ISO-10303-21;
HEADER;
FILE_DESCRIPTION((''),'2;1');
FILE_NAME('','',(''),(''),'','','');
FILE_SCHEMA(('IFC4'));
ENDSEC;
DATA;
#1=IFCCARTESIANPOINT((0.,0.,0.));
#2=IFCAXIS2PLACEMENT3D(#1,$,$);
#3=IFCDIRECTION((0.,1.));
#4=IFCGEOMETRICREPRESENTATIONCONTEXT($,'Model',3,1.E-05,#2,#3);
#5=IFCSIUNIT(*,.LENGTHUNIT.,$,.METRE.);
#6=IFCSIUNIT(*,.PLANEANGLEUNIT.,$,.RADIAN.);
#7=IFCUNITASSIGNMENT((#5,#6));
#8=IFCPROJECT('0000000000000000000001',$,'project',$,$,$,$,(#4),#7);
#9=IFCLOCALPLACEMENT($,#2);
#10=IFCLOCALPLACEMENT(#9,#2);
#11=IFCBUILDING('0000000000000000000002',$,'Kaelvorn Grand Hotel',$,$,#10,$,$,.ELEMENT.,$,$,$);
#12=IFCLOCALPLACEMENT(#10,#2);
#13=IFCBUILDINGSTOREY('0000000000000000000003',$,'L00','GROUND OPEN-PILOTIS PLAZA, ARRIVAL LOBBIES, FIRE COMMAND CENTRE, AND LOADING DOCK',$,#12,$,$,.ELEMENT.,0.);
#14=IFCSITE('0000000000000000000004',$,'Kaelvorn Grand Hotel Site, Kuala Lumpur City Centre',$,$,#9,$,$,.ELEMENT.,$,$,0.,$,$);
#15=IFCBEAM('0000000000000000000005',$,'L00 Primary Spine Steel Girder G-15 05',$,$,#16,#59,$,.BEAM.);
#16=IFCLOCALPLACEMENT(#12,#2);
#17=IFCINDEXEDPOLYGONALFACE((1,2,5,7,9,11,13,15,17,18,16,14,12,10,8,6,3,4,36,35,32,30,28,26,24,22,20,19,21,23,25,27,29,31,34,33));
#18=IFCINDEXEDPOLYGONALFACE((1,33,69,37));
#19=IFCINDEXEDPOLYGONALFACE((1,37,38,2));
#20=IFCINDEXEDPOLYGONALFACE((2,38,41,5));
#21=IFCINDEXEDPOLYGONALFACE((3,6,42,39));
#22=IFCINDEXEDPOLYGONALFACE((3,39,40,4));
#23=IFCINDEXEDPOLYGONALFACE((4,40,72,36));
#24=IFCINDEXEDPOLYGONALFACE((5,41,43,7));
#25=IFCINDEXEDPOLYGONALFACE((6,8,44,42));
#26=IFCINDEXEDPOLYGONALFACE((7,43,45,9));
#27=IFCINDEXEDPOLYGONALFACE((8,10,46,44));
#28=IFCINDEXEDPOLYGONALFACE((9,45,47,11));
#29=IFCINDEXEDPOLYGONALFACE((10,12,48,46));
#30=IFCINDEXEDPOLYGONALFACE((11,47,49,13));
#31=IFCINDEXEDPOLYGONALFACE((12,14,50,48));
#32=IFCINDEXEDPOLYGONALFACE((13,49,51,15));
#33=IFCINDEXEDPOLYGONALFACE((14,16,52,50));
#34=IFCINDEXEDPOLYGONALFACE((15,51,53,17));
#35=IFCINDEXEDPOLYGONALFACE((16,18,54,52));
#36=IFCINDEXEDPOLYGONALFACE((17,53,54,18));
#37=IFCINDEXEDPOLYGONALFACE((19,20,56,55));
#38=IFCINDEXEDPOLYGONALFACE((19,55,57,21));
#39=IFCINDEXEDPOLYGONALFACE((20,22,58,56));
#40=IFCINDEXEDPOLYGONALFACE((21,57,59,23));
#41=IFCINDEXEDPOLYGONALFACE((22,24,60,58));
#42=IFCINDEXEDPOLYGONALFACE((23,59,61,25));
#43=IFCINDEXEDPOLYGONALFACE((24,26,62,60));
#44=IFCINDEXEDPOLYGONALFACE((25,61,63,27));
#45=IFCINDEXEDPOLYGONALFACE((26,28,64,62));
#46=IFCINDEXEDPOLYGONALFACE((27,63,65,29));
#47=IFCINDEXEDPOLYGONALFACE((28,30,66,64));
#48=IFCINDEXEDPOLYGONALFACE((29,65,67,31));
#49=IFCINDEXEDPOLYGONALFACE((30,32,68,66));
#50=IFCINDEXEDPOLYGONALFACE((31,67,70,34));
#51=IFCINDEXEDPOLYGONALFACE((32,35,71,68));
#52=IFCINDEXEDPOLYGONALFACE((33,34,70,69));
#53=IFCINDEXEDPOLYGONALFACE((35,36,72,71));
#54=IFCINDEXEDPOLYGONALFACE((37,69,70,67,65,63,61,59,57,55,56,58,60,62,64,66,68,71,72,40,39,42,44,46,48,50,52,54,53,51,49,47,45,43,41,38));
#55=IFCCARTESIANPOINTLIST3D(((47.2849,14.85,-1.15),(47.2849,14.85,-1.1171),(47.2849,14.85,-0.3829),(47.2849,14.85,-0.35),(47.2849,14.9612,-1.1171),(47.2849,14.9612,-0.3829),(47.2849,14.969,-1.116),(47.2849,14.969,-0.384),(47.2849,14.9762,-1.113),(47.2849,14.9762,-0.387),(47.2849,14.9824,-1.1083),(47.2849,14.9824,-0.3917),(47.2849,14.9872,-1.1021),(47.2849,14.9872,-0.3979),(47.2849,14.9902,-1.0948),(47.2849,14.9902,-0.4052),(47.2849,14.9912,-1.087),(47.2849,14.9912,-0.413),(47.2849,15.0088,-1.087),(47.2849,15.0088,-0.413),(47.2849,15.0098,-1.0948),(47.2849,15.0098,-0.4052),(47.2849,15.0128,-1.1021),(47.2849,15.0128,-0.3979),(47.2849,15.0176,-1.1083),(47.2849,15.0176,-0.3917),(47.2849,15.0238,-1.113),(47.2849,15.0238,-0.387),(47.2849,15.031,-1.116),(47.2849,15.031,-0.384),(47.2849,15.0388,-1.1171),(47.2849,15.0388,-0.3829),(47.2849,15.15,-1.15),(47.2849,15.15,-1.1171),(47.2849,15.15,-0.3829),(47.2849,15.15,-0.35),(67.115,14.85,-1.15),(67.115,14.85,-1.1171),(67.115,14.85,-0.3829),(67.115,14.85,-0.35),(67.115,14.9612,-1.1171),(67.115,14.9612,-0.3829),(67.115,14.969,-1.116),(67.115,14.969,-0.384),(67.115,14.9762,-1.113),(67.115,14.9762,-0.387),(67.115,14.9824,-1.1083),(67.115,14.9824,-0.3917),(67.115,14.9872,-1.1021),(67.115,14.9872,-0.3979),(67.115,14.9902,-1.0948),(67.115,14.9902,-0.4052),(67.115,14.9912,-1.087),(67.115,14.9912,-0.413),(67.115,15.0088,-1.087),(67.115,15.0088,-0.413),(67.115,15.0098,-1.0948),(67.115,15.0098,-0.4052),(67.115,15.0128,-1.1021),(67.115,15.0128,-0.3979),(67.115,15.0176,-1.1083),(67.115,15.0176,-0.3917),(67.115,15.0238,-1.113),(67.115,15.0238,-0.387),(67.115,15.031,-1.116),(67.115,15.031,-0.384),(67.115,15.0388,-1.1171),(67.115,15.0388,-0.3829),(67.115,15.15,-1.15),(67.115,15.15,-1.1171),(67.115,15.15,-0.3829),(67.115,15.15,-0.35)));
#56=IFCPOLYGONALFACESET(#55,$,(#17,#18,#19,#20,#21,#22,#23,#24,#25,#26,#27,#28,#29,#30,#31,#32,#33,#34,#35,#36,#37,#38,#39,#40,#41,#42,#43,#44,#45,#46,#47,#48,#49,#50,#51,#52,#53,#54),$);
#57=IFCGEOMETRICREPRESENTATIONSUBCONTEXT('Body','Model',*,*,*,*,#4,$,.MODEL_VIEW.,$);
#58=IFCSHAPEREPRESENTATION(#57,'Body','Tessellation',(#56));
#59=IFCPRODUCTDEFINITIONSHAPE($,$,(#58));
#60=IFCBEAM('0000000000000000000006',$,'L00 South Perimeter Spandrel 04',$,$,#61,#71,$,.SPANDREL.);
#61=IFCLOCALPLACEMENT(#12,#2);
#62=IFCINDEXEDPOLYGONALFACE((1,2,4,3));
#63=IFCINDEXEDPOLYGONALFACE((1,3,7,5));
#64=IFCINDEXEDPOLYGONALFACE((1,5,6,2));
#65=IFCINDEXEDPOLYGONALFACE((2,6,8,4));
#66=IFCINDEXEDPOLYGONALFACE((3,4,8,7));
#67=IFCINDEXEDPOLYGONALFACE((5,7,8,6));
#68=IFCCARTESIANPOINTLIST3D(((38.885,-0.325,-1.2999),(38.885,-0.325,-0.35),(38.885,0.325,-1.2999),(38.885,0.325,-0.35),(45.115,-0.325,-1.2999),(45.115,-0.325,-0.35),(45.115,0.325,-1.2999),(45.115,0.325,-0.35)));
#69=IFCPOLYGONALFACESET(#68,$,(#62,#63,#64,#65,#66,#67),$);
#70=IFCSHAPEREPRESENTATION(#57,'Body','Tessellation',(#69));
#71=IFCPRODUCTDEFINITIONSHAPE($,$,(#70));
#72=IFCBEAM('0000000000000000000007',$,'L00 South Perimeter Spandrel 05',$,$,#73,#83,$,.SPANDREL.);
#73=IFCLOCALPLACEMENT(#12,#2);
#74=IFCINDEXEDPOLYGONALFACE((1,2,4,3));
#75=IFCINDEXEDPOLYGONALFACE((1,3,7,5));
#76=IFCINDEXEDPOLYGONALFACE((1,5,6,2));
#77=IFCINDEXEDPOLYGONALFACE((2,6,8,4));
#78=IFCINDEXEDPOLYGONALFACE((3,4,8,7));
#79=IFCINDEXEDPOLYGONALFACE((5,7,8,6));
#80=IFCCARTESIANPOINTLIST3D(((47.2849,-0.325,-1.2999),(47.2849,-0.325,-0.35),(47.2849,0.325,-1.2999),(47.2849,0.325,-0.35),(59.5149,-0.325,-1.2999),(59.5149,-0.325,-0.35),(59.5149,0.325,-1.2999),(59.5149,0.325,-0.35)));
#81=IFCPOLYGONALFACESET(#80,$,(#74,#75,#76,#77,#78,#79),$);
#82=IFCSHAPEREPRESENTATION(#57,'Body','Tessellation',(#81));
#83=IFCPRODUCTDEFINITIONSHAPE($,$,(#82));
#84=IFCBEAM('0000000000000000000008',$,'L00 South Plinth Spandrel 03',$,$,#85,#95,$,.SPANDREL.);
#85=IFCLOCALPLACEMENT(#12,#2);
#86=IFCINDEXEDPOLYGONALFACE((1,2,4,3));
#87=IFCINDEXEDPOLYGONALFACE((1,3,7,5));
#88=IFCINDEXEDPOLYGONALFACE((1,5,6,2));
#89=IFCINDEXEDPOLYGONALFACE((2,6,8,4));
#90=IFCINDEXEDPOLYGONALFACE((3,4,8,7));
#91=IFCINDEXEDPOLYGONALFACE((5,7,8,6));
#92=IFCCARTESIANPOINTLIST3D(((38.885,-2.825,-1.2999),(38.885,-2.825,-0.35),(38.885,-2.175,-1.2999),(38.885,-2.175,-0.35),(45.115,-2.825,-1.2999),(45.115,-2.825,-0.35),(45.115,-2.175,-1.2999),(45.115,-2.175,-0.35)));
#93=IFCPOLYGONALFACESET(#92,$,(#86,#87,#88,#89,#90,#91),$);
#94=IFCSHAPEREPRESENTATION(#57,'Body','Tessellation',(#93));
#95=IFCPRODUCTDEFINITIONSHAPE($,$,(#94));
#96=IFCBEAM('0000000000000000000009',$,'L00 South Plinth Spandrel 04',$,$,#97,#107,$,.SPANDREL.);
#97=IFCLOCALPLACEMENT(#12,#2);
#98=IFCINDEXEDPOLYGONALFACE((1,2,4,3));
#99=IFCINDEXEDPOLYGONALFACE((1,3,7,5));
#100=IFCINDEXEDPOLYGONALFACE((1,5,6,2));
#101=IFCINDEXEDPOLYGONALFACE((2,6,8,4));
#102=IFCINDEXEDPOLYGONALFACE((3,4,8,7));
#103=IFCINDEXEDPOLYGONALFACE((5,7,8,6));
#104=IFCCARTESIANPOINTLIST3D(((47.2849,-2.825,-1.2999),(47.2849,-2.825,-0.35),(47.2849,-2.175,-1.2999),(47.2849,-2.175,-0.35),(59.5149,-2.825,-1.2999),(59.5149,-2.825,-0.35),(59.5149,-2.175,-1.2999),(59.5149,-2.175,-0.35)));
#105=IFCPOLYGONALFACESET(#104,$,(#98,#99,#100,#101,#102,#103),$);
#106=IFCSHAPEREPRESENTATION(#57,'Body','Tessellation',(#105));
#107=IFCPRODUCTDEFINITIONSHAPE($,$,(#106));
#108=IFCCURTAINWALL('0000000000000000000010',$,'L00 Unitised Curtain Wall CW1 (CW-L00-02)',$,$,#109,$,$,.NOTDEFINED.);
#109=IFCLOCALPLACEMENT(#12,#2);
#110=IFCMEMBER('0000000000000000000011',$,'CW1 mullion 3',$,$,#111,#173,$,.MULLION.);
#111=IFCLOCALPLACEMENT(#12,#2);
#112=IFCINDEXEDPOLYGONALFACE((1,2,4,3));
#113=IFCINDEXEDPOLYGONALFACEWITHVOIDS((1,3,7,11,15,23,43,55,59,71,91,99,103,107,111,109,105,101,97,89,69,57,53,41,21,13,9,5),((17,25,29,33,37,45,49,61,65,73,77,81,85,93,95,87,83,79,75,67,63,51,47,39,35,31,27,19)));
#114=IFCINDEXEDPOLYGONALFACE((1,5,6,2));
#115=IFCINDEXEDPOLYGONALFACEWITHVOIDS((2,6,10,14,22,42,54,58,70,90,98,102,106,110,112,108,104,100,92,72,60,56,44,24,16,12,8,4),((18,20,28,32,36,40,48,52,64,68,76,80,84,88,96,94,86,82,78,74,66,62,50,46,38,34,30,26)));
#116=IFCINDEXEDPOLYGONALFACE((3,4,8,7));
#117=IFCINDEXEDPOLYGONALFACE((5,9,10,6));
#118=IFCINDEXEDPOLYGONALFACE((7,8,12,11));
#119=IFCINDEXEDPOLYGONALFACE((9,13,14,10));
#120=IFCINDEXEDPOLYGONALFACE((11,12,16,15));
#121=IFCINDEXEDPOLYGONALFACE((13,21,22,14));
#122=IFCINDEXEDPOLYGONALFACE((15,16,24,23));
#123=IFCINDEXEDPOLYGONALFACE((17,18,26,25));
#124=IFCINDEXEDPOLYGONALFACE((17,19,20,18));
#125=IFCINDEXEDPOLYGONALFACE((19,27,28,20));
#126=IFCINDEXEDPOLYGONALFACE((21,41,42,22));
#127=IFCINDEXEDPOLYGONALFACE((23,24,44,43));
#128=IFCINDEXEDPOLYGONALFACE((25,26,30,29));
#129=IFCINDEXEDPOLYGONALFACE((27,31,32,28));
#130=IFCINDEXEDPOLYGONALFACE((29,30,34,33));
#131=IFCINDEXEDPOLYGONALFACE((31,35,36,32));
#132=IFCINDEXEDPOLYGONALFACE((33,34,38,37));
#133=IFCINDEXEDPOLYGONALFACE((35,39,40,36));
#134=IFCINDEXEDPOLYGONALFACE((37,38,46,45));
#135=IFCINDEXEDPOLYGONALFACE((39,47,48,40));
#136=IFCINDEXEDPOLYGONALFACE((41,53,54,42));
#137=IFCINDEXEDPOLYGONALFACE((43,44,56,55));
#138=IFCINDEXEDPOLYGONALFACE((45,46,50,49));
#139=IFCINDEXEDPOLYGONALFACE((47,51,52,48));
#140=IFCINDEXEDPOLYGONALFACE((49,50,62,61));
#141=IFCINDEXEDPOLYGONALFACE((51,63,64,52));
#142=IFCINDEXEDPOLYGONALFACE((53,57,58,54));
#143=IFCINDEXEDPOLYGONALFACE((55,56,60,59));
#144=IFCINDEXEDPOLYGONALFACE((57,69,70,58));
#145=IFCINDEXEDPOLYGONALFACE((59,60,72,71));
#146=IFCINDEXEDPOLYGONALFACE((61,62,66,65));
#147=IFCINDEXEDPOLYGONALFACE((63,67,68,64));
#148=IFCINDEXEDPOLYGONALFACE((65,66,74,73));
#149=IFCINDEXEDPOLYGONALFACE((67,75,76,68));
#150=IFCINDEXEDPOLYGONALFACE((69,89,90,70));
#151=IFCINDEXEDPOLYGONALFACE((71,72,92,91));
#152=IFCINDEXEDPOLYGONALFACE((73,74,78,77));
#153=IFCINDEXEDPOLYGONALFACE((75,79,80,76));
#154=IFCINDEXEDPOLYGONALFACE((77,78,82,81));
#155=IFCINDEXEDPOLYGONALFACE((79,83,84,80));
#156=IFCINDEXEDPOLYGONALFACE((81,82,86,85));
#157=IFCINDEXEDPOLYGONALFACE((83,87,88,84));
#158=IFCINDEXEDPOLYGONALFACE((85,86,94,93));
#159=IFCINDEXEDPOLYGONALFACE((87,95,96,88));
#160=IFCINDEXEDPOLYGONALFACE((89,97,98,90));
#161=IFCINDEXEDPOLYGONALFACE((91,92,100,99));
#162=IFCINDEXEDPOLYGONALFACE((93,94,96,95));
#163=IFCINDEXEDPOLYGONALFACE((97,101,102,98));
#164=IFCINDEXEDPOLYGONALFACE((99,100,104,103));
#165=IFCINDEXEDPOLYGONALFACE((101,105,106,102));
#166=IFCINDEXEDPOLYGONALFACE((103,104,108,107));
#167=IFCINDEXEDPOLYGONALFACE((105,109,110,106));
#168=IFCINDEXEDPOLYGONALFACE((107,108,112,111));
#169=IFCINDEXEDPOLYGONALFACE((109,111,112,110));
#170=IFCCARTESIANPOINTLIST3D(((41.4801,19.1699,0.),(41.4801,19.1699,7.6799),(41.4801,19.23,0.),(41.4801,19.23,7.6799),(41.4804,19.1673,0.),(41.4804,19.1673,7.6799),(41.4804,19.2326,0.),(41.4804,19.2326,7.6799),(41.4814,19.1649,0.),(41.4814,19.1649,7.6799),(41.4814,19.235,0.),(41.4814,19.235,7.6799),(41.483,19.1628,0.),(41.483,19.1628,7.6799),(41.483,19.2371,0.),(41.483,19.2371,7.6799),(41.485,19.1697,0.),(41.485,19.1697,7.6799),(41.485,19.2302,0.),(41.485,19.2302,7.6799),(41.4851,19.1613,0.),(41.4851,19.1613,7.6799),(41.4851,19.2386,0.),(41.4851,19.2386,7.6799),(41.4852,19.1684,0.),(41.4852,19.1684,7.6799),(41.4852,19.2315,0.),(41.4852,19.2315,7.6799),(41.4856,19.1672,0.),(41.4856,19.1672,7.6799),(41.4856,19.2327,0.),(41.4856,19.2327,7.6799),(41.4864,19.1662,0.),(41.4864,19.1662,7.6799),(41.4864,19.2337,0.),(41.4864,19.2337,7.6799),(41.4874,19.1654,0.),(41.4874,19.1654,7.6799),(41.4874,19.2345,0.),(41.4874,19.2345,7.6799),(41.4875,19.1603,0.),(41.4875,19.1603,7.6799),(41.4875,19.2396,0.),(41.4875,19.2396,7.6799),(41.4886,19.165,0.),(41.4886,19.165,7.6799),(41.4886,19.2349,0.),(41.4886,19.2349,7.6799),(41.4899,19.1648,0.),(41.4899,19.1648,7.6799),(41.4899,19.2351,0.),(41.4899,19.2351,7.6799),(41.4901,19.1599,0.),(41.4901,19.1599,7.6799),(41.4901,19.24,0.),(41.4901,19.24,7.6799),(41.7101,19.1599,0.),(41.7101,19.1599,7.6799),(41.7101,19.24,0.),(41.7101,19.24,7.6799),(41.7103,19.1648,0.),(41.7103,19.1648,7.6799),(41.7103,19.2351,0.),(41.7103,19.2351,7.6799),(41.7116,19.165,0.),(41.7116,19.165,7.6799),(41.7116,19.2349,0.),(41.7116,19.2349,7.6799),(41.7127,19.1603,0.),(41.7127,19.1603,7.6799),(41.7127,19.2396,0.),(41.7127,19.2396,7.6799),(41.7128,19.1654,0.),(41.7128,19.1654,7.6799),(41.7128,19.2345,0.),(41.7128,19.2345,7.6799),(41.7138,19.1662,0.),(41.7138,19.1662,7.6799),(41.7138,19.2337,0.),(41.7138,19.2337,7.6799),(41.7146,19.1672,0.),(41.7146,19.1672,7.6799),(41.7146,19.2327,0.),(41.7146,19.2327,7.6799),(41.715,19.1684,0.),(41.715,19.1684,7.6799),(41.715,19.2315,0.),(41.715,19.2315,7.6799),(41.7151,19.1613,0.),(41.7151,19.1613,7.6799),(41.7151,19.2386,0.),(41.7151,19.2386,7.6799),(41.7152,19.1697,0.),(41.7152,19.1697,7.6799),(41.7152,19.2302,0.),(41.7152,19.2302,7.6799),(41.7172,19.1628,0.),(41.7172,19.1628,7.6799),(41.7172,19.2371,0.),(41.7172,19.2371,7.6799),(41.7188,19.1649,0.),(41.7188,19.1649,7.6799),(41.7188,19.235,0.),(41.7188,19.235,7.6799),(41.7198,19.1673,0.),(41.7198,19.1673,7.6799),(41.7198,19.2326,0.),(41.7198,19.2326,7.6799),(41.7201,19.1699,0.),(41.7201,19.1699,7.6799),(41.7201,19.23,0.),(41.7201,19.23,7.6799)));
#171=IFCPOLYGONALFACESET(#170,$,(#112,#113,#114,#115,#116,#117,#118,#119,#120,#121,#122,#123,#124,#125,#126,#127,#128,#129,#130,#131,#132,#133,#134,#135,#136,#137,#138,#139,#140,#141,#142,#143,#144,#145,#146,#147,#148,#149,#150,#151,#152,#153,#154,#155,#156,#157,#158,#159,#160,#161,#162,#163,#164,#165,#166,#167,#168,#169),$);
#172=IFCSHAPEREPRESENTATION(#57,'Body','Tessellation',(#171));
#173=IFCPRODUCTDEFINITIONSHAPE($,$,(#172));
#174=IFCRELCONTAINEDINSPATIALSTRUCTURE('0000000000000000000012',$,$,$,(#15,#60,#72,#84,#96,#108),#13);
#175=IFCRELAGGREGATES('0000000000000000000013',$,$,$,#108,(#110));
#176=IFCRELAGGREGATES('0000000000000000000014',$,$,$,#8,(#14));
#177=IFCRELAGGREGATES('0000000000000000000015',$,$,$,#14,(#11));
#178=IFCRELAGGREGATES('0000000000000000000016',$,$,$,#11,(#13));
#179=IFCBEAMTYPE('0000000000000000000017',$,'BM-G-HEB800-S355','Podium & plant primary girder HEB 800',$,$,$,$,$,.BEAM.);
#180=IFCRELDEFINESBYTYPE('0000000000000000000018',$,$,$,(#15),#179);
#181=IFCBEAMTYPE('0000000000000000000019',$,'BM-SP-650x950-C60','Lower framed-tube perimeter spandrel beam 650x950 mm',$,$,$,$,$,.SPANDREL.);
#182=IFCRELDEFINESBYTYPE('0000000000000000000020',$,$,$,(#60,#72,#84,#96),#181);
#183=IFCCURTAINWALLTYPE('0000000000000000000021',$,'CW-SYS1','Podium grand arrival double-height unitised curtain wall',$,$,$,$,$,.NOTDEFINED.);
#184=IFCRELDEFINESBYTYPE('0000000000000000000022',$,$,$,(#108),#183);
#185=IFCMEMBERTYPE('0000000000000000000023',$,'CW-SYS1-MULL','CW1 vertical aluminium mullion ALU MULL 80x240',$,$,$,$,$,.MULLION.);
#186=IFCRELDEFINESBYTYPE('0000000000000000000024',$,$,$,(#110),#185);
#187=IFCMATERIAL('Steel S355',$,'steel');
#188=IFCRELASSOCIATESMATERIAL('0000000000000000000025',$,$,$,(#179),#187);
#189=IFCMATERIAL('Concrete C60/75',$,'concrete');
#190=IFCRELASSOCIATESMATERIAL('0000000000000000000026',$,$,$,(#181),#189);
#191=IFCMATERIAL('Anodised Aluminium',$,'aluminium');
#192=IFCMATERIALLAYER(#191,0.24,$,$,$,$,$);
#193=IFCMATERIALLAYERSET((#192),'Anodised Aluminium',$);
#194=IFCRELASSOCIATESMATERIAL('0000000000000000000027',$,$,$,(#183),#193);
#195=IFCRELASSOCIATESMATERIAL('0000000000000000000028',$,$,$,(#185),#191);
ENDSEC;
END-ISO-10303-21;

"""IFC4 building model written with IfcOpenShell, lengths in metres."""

from ifc_helpers import new_model, si_unit, direction, frame, origin, origin_2d, place, context, subcontext, project, spatial, rectangle, hollow_rectangle, i_section, extrude, material, layer, layer_set, material_profile, profile_set, type_object, element, aggregate, save


model = new_model("IFC4")

# Units and contexts
model_context = context("Model", 3, precision=1e-05, world=origin(), true_north=direction((0.0, 1.0)))
body_context = subcontext(model_context, "Body", "Model", "MODEL_VIEW")
ifc_project = project(units=[si_unit("LENGTHUNIT", "METRE"), si_unit("PLANEANGLEUNIT", "RADIAN")], contexts=[model_context])

# Site, building, storey
site_placement = place(None, origin())
site = spatial("IfcSite", under=ifc_project, at=site_placement, Name="Kaelvorn Grand Hotel Site, Kuala Lumpur City Centre", CompositionType="ELEMENT", RefElevation=0.0)
building_placement = place(site_placement, origin())
building = spatial("IfcBuilding", under=site, at=building_placement, Name="Kaelvorn Grand Hotel", CompositionType="ELEMENT")
storey_placement = place(building_placement, origin())
storey = spatial("IfcBuildingStorey", under=building, at=storey_placement, Name="L00", Description="GROUND OPEN-PILOTIS PLAZA, ARRIVAL LOBBIES, FIRE COMMAND CENTRE, AND LOADING DOCK", CompositionType="ELEMENT", Elevation=0.0)

# Beams
ifc_material_1 = material(Name="Steel S355", Category="steel")
ifc_material_profile_1 = material_profile(ifc_material_1, i_section(OverallWidth=0.3, OverallDepth=0.8, WebThickness=0.0176, FlangeThickness=0.033, FilletRadius=0.03, at=origin_2d()), Name="HEB 800")
ifc_profile_set_1 = profile_set([ifc_material_profile_1], Name="Steel S355")
beam_type_1 = type_object("IfcBeamType", Name="BM-G-HEB800-S355", Description="Podium & plant primary girder HEB 800", PredefinedType="BEAM", material=ifc_profile_set_1)
beam_1_placement = place(storey_placement, frame((47.2849, 15.0, -0.75), z_axis=(1.0, 0.0, 0.0), x_axis=(0.0, 1.0, 0.0)))
element("IfcBeam", 1, at=beam_1_placement, inside=storey, type_object=beam_type_1, Name="L00 Primary Spine Steel Girder G-15 05", PredefinedType="BEAM", context=body_context, shape_type="SweptSolid", body=[
    extrude(i_section(OverallWidth=0.3, OverallDepth=0.8, WebThickness=0.0176, FlangeThickness=0.033, FilletRadius=0.03, at=origin_2d()), origin(), (0.0, 0.0, 1.0), 19.8301),
])
ifc_material_2 = material(Name="Concrete C60/75", Category="concrete")
ifc_material_profile_2 = material_profile(ifc_material_2, rectangle(XDim=0.6499, YDim=0.95, at=origin_2d()), Name="RC SPANDREL 650x950")
ifc_profile_set_2 = profile_set([ifc_material_profile_2], Name="Concrete C60/75")
beam_type_2 = type_object("IfcBeamType", Name="BM-SP-650x950-C60", Description="Lower framed-tube perimeter spandrel beam 650x950 mm", PredefinedType="SPANDREL", material=ifc_profile_set_2)
beam_2_placement = place(storey_placement, frame((38.885, 0.0, -0.825), z_axis=(1.0, 0.0, 0.0), x_axis=(0.0, 1.0, 0.0)))
element("IfcBeam", 2, at=beam_2_placement, inside=storey, type_object=beam_type_2, Name="L00 South Perimeter Spandrel 04", PredefinedType="SPANDREL", context=body_context, shape_type="SweptSolid", body=[
    extrude(rectangle(XDim=0.6499, YDim=0.95, at=origin_2d()), origin(), (0.0, 0.0, 1.0), 6.23),
])
beam_3_placement = place(storey_placement, frame((47.2849, 0.0, -0.825), z_axis=(1.0, 0.0, 0.0), x_axis=(0.0, 1.0, 0.0)))
element("IfcBeam", 3, at=beam_3_placement, inside=storey, type_object=beam_type_2, Name="L00 South Perimeter Spandrel 05", PredefinedType="SPANDREL", context=body_context, shape_type="SweptSolid", body=[
    extrude(rectangle(XDim=0.6499, YDim=0.95, at=origin_2d()), origin(), (0.0, 0.0, 1.0), 12.23),
])
beam_4_placement = place(storey_placement, frame((38.885, -2.5, -0.825), z_axis=(1.0, 0.0, 0.0), x_axis=(0.0, 1.0, 0.0)))
element("IfcBeam", 4, at=beam_4_placement, inside=storey, type_object=beam_type_2, Name="L00 South Plinth Spandrel 03", PredefinedType="SPANDREL", context=body_context, shape_type="SweptSolid", body=[
    extrude(rectangle(XDim=0.6499, YDim=0.95, at=origin_2d()), origin(), (0.0, 0.0, 1.0), 6.23),
])
beam_5_placement = place(storey_placement, frame((47.2849, -2.5, -0.825), z_axis=(1.0, 0.0, 0.0), x_axis=(0.0, 1.0, 0.0)))
element("IfcBeam", 5, at=beam_5_placement, inside=storey, type_object=beam_type_2, Name="L00 South Plinth Spandrel 04", PredefinedType="SPANDREL", context=body_context, shape_type="SweptSolid", body=[
    extrude(rectangle(XDim=0.6499, YDim=0.95, at=origin_2d()), origin(), (0.0, 0.0, 1.0), 12.23),
])

# Curtain wall, member
ifc_material_3 = material(Name="Anodised Aluminium", Category="aluminium")
ifc_layer_1 = layer(ifc_material_3, 0.24)
ifc_layer_set_1 = layer_set([ifc_layer_1], Name="Anodised Aluminium")
curtain_wall_type = type_object("IfcCurtainWallType", Name="CW-SYS1", Description="Podium grand arrival double-height unitised curtain wall", PredefinedType="NOTDEFINED", material=ifc_layer_set_1)
curtain_wall_placement = place(storey_placement, origin())
curtain_wall = element("IfcCurtainWall", 6, at=curtain_wall_placement, inside=storey, type_object=curtain_wall_type, Name="L00 Unitised Curtain Wall CW1 (CW-L00-02)", PredefinedType="NOTDEFINED")
ifc_material_profile_3 = material_profile(ifc_material_3, hollow_rectangle(XDim=0.0801, YDim=0.24, WallThickness=0.0049, InnerFilletRadius=0.0049, OuterFilletRadius=0.01, at=origin_2d()), Name="ALU MULL 80x240")
ifc_profile_set_3 = profile_set([ifc_material_profile_3], Name="Anodised Aluminium")
member_type_1 = type_object("IfcMemberType", Name="CW-SYS1-MULL", Description="CW1 vertical aluminium mullion ALU MULL 80x240", PredefinedType="MULLION", material=ifc_profile_set_3)
member_1_placement = place(storey_placement, frame((41.6001, 19.2, 0.0), z_axis=(0.0, 0.0, 1.0), x_axis=(0.0, -1.0, 0.0)))
member_1 = element("IfcMember", 7, at=member_1_placement, type_object=member_type_1, Name="CW1 mullion 3", PredefinedType="MULLION", context=body_context, shape_type="SweptSolid", body=[
    extrude(hollow_rectangle(XDim=0.0801, YDim=0.24, WallThickness=0.0049, InnerFilletRadius=0.0049, OuterFilletRadius=0.01, at=origin_2d()), origin(), (0.0, 0.0, 1.0), 7.6799),
])
aggregate(curtain_wall, [member_1])

save(model, "model.ifc")
